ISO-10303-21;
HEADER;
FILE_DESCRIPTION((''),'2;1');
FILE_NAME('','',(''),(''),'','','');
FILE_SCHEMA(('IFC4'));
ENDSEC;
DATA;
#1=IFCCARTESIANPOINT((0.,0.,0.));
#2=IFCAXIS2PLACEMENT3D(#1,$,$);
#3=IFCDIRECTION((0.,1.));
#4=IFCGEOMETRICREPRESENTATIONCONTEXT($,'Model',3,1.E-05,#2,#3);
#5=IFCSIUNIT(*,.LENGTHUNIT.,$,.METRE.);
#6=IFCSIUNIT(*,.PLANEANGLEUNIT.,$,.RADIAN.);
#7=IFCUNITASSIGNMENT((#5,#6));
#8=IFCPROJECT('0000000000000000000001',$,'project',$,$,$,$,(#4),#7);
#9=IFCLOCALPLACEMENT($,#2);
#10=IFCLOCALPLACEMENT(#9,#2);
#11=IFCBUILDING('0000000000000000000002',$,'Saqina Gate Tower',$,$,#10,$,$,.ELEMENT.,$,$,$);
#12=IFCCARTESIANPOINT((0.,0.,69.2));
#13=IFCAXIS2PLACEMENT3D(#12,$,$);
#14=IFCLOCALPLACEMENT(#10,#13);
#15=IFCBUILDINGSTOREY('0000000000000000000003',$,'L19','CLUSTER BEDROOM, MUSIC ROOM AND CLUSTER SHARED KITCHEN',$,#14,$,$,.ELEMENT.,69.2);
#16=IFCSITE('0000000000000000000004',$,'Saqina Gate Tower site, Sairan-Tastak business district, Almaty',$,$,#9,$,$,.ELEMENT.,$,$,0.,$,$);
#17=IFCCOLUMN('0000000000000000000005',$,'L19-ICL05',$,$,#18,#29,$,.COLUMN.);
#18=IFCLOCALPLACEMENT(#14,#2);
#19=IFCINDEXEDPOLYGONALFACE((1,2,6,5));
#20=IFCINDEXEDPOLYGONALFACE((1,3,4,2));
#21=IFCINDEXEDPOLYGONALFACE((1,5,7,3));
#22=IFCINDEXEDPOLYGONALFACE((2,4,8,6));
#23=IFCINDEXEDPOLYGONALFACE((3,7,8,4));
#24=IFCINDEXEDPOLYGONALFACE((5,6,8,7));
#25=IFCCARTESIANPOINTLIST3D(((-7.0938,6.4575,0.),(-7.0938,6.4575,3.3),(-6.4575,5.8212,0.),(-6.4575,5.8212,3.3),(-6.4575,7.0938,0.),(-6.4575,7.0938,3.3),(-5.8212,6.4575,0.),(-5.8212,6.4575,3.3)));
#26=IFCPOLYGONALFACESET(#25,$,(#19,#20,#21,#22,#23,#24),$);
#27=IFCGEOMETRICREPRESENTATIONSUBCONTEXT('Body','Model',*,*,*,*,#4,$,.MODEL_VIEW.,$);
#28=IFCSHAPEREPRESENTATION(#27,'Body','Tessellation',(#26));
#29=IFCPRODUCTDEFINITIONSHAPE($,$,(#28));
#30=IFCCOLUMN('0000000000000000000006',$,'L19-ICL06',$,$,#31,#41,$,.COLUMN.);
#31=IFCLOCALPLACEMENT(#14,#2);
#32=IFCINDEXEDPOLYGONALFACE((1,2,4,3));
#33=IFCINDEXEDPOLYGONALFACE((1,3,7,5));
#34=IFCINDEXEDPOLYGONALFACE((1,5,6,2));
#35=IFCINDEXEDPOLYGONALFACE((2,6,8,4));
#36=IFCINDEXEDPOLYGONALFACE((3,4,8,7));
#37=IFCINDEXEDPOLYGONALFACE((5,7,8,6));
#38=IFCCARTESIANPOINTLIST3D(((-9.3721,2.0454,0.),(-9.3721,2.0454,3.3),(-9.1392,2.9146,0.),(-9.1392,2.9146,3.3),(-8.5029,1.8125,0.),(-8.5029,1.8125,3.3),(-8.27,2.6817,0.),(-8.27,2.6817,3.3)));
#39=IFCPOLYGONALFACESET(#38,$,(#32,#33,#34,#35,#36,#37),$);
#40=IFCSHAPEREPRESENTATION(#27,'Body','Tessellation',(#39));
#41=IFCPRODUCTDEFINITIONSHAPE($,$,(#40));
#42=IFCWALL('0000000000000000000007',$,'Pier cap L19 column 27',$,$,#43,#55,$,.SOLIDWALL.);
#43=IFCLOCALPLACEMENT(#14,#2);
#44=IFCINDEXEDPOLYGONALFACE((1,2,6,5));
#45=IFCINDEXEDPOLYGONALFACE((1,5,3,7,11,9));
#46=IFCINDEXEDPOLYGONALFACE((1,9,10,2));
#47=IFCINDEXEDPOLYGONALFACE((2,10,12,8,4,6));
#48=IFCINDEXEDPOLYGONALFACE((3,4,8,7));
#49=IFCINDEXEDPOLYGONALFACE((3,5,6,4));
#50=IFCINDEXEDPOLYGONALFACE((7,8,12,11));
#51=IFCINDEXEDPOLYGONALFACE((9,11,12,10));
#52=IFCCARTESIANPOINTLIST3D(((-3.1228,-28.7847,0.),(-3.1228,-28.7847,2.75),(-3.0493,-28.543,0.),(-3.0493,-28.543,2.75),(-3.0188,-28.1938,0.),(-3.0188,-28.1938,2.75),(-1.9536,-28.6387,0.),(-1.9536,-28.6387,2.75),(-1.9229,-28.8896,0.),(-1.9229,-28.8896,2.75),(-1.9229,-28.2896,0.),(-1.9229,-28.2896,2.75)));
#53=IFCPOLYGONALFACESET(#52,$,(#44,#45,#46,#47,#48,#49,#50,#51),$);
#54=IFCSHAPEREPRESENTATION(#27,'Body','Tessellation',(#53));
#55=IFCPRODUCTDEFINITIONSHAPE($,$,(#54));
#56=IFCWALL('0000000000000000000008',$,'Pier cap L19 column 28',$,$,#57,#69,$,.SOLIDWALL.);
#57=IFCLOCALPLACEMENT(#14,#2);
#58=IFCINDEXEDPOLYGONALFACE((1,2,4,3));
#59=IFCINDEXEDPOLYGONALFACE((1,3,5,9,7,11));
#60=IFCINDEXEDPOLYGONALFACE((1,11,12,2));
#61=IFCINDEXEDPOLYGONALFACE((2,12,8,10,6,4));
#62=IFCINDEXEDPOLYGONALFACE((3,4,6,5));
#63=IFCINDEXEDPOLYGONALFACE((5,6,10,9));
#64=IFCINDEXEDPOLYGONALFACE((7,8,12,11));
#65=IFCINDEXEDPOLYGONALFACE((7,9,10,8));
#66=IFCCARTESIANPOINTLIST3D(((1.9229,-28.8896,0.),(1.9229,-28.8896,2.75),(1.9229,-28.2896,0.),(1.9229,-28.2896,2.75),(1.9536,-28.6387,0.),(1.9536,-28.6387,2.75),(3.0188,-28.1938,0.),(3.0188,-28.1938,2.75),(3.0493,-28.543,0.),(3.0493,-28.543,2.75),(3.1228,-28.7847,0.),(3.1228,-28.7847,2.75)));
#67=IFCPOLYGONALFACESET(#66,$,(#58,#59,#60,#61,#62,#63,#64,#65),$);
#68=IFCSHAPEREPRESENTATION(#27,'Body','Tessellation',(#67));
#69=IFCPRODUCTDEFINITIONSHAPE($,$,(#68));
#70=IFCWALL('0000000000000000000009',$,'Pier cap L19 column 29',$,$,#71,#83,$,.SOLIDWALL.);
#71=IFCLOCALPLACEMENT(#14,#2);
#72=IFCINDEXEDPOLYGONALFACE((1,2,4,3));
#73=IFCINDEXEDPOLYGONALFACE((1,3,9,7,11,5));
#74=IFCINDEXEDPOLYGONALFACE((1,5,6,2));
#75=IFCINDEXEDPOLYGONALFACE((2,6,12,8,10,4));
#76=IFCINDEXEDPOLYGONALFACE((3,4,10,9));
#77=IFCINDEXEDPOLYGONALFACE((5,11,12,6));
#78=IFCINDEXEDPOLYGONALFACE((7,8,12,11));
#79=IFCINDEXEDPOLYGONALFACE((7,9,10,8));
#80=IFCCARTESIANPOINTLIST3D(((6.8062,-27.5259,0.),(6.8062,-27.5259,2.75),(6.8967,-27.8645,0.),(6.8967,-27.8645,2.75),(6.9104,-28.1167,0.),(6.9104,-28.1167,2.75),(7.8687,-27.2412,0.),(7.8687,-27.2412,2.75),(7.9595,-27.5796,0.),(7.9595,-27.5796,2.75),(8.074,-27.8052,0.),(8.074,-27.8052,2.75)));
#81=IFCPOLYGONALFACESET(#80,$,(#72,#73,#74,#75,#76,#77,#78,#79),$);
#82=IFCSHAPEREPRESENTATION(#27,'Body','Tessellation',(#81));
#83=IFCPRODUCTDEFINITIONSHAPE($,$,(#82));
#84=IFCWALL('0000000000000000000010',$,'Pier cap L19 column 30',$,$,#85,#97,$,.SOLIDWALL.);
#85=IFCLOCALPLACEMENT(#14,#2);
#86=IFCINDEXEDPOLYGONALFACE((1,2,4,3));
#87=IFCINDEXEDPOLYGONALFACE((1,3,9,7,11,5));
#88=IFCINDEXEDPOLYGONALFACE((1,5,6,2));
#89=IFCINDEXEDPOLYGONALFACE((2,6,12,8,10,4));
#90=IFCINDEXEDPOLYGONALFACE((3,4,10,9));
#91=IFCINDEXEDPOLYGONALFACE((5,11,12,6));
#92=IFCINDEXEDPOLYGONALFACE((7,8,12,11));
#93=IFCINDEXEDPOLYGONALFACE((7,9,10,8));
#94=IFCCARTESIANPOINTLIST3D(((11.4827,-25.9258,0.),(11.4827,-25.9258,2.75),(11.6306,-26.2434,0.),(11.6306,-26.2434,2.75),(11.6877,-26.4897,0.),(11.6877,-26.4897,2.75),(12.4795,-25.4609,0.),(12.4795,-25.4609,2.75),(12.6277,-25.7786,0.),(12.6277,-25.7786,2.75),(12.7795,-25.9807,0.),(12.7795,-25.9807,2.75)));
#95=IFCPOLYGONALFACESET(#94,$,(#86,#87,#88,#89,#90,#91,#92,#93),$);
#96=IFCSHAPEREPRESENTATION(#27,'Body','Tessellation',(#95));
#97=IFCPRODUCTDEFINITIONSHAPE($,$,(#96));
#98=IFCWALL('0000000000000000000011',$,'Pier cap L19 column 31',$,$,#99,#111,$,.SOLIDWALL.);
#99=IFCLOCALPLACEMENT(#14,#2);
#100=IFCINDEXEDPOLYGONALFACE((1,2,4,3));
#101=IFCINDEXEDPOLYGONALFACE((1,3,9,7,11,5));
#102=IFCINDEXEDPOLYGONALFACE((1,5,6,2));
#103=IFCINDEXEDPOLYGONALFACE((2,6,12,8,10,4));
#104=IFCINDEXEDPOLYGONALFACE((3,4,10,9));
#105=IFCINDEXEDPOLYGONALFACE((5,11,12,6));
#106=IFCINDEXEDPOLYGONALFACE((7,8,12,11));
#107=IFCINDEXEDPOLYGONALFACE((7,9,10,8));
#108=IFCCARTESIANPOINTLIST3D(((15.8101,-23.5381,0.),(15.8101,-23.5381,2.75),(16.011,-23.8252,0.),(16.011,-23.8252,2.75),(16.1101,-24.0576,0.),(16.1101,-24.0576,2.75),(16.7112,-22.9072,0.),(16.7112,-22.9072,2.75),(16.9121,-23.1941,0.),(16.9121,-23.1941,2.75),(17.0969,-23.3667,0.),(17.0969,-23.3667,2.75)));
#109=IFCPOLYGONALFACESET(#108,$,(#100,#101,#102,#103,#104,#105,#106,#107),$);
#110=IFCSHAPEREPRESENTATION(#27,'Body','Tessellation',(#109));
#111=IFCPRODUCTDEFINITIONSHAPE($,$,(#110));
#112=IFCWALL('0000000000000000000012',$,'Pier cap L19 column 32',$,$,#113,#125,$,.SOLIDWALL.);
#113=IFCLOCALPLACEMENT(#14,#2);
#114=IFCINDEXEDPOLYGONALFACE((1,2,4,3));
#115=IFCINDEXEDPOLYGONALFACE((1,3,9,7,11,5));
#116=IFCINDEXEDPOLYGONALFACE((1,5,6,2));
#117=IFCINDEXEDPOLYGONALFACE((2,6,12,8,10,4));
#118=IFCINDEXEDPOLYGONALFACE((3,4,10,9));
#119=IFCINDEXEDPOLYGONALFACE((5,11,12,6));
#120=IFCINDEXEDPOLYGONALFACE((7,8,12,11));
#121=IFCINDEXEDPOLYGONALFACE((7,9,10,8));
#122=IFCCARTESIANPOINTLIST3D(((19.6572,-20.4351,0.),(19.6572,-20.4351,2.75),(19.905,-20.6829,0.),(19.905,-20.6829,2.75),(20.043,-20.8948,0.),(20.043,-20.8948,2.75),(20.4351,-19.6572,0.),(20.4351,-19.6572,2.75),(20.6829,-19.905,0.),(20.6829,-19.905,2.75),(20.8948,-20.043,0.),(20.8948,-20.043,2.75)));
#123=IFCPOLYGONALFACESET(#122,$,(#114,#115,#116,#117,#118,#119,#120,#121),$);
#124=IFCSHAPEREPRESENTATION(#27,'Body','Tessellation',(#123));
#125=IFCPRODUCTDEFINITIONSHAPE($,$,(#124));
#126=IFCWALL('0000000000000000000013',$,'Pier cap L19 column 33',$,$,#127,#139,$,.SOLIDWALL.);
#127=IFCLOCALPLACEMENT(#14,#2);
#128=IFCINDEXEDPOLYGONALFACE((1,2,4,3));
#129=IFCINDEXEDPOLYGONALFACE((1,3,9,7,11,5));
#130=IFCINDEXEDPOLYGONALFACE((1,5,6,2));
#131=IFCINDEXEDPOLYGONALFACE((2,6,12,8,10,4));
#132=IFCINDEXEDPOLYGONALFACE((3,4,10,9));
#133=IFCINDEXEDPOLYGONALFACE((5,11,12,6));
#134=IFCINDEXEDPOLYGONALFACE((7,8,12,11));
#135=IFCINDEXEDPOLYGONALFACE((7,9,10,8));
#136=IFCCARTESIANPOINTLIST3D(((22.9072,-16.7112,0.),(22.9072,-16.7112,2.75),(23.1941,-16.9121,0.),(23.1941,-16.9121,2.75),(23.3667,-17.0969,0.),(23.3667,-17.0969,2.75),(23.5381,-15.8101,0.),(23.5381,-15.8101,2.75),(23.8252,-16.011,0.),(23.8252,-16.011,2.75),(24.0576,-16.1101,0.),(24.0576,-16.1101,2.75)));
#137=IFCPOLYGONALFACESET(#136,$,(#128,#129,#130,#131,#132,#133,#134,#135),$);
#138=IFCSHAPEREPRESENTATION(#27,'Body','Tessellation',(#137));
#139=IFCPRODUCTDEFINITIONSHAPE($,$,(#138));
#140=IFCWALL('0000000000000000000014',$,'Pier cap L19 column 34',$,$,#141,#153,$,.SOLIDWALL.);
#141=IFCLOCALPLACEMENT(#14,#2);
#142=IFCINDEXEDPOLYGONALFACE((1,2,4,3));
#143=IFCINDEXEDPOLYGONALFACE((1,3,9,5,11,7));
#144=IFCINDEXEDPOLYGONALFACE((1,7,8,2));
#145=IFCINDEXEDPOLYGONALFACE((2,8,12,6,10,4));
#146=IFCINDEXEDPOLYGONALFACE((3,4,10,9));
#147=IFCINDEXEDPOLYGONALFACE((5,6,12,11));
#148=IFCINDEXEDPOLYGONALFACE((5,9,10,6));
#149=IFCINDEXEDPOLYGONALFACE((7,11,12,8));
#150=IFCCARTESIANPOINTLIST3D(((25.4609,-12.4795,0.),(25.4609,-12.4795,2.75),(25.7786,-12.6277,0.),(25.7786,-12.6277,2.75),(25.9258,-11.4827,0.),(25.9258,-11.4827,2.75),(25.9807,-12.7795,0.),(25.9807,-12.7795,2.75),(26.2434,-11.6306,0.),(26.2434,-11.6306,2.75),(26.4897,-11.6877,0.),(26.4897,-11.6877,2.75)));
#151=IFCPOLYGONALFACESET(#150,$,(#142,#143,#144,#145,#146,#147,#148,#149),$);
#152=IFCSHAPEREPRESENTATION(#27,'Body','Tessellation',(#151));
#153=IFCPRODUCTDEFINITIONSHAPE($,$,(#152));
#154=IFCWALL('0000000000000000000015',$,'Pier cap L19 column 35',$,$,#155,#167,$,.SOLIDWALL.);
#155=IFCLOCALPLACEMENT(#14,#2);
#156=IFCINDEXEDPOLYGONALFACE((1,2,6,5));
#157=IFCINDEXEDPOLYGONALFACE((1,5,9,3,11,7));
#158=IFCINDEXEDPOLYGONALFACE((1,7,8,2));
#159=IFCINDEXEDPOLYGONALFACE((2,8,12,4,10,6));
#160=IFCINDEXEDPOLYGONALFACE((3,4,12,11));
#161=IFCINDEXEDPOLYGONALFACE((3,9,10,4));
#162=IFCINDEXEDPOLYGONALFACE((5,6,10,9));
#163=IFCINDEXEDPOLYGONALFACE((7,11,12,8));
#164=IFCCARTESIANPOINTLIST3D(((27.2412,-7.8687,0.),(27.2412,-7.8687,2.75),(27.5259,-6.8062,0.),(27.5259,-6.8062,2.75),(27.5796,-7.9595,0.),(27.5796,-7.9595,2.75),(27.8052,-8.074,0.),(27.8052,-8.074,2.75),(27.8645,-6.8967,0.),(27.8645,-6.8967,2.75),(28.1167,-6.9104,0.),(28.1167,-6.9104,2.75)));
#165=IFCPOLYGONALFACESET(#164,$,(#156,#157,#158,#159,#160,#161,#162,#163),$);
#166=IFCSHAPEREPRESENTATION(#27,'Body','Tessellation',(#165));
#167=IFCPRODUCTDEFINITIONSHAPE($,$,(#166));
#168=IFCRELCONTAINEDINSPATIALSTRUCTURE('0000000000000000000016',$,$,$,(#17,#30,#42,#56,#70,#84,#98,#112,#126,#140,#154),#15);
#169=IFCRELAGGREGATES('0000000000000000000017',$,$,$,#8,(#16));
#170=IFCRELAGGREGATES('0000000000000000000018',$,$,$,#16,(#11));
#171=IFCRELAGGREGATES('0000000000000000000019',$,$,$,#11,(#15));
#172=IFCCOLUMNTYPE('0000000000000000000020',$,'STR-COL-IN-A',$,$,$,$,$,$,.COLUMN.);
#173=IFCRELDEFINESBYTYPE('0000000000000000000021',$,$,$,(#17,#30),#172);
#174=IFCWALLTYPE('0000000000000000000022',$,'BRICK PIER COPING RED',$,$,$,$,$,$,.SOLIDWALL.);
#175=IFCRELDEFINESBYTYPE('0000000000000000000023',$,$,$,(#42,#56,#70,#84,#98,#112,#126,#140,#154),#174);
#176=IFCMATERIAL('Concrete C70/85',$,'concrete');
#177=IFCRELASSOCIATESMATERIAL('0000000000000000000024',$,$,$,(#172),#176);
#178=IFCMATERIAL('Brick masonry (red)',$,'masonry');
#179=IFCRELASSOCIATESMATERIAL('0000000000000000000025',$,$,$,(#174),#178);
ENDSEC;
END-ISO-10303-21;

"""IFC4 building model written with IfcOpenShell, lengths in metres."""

from ifc_helpers import new_model, si_unit, direction, frame, origin, origin_2d, place, context, subcontext, project, spatial, polyline, rectangle, outline, extrude, material, material_profile, profile_set, type_object, element, save


model = new_model("IFC4")

# Units and contexts
model_context = context("Model", 3, precision=1e-05, world=origin(), true_north=direction((0.0, 1.0)))
body_context = subcontext(model_context, "Body", "Model", "MODEL_VIEW")
ifc_project = project(units=[si_unit("LENGTHUNIT", "METRE"), si_unit("PLANEANGLEUNIT", "RADIAN")], contexts=[model_context])

# Site, building, storey
site_placement = place(None, origin())
site = spatial("IfcSite", under=ifc_project, at=site_placement, Name="Saqina Gate Tower site, Sairan-Tastak business district, Almaty", CompositionType="ELEMENT", RefElevation=0.0)
building_placement = place(site_placement, origin())
building = spatial("IfcBuilding", under=site, at=building_placement, Name="Saqina Gate Tower", CompositionType="ELEMENT")
storey_placement = place(building_placement, frame((0.0, 0.0, 69.2)))
storey = spatial("IfcBuildingStorey", under=building, at=storey_placement, Name="L19", Description="CLUSTER BEDROOM, MUSIC ROOM AND CLUSTER SHARED KITCHEN", CompositionType="ELEMENT", Elevation=69.2)

# Columns
ifc_material_1 = material(Name="Concrete C70/85", Category="concrete")
ifc_material_profile = material_profile(ifc_material_1, rectangle(XDim=0.8999, YDim=0.8999, at=origin_2d()), Name="RC 900x900")
ifc_profile_set = profile_set([ifc_material_profile], Name="Concrete C70/85")
column_type = type_object("IfcColumnType", Name="STR-COL-IN-A", PredefinedType="COLUMN", material=ifc_profile_set)
for number, where, z_axis, x_axis, name in (
    (1, (-6.4575, 6.4575, 0.0), (0.0, 0.0, 1.0), (-0.707107, 0.707107, 0.0), "L19-ICL05"),
    (2, (-8.821, 2.3635, 0.0), (0.0, 0.0, 1.0), (-0.965926, 0.258819, 0.0), "L19-ICL06"),
):
    element("IfcColumn", number, at=place(storey_placement, frame(where, z_axis=z_axis, x_axis=x_axis)), inside=storey, type_object=column_type, Name=name, PredefinedType="COLUMN", context=body_context, shape_type="SweptSolid", body=[
        extrude(rectangle(XDim=0.8999, YDim=0.8999, at=origin_2d()), origin(), (0.0, 0.0, 1.0), 3.3),
    ])

# Walls
ifc_material_2 = material(Name="Brick masonry (red)", Category="masonry")
wall_type_1 = type_object("IfcWallType", Name="BRICK PIER COPING RED", PredefinedType="SOLIDWALL", material=ifc_material_2)
wall_1_placement = place(storey_placement, origin())
element("IfcWall", 3, at=wall_1_placement, inside=storey, type_object=wall_type_1, Name="Pier cap L19 column 27", PredefinedType="SOLIDWALL", context=body_context, shape_type="SweptSolid", body=[
    extrude(outline(polyline([(-3.1228, -28.7847), (-1.9229, -28.8896), (-1.9229, -28.2896), (-1.9536, -28.6387), (-3.0493, -28.543), (-3.0188, -28.1938), (-3.1228, -28.7847)])), origin(), (0.0, 0.0, 1.0), 2.75),
])
wall_2_placement = place(storey_placement, origin())
element("IfcWall", 4, at=wall_2_placement, inside=storey, type_object=wall_type_1, Name="Pier cap L19 column 28", PredefinedType="SOLIDWALL", context=body_context, shape_type="SweptSolid", body=[
    extrude(outline(polyline([(1.9229, -28.8896), (3.1228, -28.7847), (3.0188, -28.1938), (3.0493, -28.543), (1.9536, -28.6387), (1.9229, -28.2896), (1.9229, -28.8896)])), origin(), (0.0, 0.0, 1.0), 2.75),
])
wall_3_placement = place(storey_placement, origin())
element("IfcWall", 5, at=wall_3_placement, inside=storey, type_object=wall_type_1, Name="Pier cap L19 column 29", PredefinedType="SOLIDWALL", context=body_context, shape_type="SweptSolid", body=[
    extrude(outline(polyline([(6.9104, -28.1167), (8.074, -27.8052), (7.8687, -27.2412), (7.9595, -27.5796), (6.8967, -27.8645), (6.8062, -27.5259), (6.9104, -28.1167)])), origin(), (0.0, 0.0, 1.0), 2.75),
])
wall_4_placement = place(storey_placement, origin())
element("IfcWall", 6, at=wall_4_placement, inside=storey, type_object=wall_type_1, Name="Pier cap L19 column 30", PredefinedType="SOLIDWALL", context=body_context, shape_type="SweptSolid", body=[
    extrude(outline(polyline([(12.7795, -25.9807), (12.4795, -25.4609), (12.6277, -25.7786), (11.6306, -26.2434), (11.4827, -25.9258), (11.6877, -26.4897), (12.7795, -25.9807)])), origin(), (0.0, 0.0, 1.0), 2.75),
])
wall_5_placement = place(storey_placement, origin())
element("IfcWall", 7, at=wall_5_placement, inside=storey, type_object=wall_type_1, Name="Pier cap L19 column 31", PredefinedType="SOLIDWALL", context=body_context, shape_type="SweptSolid", body=[
    extrude(outline(polyline([(16.1101, -24.0576), (17.0969, -23.3667), (16.7112, -22.9072), (16.9121, -23.1941), (16.011, -23.8252), (15.8101, -23.5381), (16.1101, -24.0576)])), origin(), (0.0, 0.0, 1.0), 2.75),
])
wall_6_placement = place(storey_placement, origin())
element("IfcWall", 8, at=wall_6_placement, inside=storey, type_object=wall_type_1, Name="Pier cap L19 column 32", PredefinedType="SOLIDWALL", context=body_context, shape_type="SweptSolid", body=[
    extrude(outline(polyline([(20.8948, -20.043), (20.4351, -19.6572), (20.6829, -19.905), (19.905, -20.6829), (19.6572, -20.4351), (20.043, -20.8948), (20.8948, -20.043)])), origin(), (0.0, 0.0, 1.0), 2.75),
])
wall_7_placement = place(storey_placement, origin())
element("IfcWall", 9, at=wall_7_placement, inside=storey, type_object=wall_type_1, Name="Pier cap L19 column 33", PredefinedType="SOLIDWALL", context=body_context, shape_type="SweptSolid", body=[
    extrude(outline(polyline([(23.3667, -17.0969), (24.0576, -16.1101), (23.5381, -15.8101), (23.8252, -16.011), (23.1941, -16.9121), (22.9072, -16.7112), (23.3667, -17.0969)])), origin(), (0.0, 0.0, 1.0), 2.75),
])
wall_8_placement = place(storey_placement, origin())
element("IfcWall", 10, at=wall_8_placement, inside=storey, type_object=wall_type_1, Name="Pier cap L19 column 34", PredefinedType="SOLIDWALL", context=body_context, shape_type="SweptSolid", body=[
    extrude(outline(polyline([(26.4897, -11.6877), (25.9258, -11.4827), (26.2434, -11.6306), (25.7786, -12.6277), (25.4609, -12.4795), (25.9807, -12.7795), (26.4897, -11.6877)])), origin(), (0.0, 0.0, 1.0), 2.75),
])
wall_9_placement = place(storey_placement, origin())
element("IfcWall", 11, at=wall_9_placement, inside=storey, type_object=wall_type_1, Name="Pier cap L19 column 35", PredefinedType="SOLIDWALL", context=body_context, shape_type="SweptSolid", body=[
    extrude(outline(polyline([(28.1167, -6.9104), (27.5259, -6.8062), (27.8645, -6.8967), (27.5796, -7.9595), (27.2412, -7.8687), (27.8052, -8.074), (28.1167, -6.9104)])), origin(), (0.0, 0.0, 1.0), 2.75),
])

save(model, "model.ifc")
